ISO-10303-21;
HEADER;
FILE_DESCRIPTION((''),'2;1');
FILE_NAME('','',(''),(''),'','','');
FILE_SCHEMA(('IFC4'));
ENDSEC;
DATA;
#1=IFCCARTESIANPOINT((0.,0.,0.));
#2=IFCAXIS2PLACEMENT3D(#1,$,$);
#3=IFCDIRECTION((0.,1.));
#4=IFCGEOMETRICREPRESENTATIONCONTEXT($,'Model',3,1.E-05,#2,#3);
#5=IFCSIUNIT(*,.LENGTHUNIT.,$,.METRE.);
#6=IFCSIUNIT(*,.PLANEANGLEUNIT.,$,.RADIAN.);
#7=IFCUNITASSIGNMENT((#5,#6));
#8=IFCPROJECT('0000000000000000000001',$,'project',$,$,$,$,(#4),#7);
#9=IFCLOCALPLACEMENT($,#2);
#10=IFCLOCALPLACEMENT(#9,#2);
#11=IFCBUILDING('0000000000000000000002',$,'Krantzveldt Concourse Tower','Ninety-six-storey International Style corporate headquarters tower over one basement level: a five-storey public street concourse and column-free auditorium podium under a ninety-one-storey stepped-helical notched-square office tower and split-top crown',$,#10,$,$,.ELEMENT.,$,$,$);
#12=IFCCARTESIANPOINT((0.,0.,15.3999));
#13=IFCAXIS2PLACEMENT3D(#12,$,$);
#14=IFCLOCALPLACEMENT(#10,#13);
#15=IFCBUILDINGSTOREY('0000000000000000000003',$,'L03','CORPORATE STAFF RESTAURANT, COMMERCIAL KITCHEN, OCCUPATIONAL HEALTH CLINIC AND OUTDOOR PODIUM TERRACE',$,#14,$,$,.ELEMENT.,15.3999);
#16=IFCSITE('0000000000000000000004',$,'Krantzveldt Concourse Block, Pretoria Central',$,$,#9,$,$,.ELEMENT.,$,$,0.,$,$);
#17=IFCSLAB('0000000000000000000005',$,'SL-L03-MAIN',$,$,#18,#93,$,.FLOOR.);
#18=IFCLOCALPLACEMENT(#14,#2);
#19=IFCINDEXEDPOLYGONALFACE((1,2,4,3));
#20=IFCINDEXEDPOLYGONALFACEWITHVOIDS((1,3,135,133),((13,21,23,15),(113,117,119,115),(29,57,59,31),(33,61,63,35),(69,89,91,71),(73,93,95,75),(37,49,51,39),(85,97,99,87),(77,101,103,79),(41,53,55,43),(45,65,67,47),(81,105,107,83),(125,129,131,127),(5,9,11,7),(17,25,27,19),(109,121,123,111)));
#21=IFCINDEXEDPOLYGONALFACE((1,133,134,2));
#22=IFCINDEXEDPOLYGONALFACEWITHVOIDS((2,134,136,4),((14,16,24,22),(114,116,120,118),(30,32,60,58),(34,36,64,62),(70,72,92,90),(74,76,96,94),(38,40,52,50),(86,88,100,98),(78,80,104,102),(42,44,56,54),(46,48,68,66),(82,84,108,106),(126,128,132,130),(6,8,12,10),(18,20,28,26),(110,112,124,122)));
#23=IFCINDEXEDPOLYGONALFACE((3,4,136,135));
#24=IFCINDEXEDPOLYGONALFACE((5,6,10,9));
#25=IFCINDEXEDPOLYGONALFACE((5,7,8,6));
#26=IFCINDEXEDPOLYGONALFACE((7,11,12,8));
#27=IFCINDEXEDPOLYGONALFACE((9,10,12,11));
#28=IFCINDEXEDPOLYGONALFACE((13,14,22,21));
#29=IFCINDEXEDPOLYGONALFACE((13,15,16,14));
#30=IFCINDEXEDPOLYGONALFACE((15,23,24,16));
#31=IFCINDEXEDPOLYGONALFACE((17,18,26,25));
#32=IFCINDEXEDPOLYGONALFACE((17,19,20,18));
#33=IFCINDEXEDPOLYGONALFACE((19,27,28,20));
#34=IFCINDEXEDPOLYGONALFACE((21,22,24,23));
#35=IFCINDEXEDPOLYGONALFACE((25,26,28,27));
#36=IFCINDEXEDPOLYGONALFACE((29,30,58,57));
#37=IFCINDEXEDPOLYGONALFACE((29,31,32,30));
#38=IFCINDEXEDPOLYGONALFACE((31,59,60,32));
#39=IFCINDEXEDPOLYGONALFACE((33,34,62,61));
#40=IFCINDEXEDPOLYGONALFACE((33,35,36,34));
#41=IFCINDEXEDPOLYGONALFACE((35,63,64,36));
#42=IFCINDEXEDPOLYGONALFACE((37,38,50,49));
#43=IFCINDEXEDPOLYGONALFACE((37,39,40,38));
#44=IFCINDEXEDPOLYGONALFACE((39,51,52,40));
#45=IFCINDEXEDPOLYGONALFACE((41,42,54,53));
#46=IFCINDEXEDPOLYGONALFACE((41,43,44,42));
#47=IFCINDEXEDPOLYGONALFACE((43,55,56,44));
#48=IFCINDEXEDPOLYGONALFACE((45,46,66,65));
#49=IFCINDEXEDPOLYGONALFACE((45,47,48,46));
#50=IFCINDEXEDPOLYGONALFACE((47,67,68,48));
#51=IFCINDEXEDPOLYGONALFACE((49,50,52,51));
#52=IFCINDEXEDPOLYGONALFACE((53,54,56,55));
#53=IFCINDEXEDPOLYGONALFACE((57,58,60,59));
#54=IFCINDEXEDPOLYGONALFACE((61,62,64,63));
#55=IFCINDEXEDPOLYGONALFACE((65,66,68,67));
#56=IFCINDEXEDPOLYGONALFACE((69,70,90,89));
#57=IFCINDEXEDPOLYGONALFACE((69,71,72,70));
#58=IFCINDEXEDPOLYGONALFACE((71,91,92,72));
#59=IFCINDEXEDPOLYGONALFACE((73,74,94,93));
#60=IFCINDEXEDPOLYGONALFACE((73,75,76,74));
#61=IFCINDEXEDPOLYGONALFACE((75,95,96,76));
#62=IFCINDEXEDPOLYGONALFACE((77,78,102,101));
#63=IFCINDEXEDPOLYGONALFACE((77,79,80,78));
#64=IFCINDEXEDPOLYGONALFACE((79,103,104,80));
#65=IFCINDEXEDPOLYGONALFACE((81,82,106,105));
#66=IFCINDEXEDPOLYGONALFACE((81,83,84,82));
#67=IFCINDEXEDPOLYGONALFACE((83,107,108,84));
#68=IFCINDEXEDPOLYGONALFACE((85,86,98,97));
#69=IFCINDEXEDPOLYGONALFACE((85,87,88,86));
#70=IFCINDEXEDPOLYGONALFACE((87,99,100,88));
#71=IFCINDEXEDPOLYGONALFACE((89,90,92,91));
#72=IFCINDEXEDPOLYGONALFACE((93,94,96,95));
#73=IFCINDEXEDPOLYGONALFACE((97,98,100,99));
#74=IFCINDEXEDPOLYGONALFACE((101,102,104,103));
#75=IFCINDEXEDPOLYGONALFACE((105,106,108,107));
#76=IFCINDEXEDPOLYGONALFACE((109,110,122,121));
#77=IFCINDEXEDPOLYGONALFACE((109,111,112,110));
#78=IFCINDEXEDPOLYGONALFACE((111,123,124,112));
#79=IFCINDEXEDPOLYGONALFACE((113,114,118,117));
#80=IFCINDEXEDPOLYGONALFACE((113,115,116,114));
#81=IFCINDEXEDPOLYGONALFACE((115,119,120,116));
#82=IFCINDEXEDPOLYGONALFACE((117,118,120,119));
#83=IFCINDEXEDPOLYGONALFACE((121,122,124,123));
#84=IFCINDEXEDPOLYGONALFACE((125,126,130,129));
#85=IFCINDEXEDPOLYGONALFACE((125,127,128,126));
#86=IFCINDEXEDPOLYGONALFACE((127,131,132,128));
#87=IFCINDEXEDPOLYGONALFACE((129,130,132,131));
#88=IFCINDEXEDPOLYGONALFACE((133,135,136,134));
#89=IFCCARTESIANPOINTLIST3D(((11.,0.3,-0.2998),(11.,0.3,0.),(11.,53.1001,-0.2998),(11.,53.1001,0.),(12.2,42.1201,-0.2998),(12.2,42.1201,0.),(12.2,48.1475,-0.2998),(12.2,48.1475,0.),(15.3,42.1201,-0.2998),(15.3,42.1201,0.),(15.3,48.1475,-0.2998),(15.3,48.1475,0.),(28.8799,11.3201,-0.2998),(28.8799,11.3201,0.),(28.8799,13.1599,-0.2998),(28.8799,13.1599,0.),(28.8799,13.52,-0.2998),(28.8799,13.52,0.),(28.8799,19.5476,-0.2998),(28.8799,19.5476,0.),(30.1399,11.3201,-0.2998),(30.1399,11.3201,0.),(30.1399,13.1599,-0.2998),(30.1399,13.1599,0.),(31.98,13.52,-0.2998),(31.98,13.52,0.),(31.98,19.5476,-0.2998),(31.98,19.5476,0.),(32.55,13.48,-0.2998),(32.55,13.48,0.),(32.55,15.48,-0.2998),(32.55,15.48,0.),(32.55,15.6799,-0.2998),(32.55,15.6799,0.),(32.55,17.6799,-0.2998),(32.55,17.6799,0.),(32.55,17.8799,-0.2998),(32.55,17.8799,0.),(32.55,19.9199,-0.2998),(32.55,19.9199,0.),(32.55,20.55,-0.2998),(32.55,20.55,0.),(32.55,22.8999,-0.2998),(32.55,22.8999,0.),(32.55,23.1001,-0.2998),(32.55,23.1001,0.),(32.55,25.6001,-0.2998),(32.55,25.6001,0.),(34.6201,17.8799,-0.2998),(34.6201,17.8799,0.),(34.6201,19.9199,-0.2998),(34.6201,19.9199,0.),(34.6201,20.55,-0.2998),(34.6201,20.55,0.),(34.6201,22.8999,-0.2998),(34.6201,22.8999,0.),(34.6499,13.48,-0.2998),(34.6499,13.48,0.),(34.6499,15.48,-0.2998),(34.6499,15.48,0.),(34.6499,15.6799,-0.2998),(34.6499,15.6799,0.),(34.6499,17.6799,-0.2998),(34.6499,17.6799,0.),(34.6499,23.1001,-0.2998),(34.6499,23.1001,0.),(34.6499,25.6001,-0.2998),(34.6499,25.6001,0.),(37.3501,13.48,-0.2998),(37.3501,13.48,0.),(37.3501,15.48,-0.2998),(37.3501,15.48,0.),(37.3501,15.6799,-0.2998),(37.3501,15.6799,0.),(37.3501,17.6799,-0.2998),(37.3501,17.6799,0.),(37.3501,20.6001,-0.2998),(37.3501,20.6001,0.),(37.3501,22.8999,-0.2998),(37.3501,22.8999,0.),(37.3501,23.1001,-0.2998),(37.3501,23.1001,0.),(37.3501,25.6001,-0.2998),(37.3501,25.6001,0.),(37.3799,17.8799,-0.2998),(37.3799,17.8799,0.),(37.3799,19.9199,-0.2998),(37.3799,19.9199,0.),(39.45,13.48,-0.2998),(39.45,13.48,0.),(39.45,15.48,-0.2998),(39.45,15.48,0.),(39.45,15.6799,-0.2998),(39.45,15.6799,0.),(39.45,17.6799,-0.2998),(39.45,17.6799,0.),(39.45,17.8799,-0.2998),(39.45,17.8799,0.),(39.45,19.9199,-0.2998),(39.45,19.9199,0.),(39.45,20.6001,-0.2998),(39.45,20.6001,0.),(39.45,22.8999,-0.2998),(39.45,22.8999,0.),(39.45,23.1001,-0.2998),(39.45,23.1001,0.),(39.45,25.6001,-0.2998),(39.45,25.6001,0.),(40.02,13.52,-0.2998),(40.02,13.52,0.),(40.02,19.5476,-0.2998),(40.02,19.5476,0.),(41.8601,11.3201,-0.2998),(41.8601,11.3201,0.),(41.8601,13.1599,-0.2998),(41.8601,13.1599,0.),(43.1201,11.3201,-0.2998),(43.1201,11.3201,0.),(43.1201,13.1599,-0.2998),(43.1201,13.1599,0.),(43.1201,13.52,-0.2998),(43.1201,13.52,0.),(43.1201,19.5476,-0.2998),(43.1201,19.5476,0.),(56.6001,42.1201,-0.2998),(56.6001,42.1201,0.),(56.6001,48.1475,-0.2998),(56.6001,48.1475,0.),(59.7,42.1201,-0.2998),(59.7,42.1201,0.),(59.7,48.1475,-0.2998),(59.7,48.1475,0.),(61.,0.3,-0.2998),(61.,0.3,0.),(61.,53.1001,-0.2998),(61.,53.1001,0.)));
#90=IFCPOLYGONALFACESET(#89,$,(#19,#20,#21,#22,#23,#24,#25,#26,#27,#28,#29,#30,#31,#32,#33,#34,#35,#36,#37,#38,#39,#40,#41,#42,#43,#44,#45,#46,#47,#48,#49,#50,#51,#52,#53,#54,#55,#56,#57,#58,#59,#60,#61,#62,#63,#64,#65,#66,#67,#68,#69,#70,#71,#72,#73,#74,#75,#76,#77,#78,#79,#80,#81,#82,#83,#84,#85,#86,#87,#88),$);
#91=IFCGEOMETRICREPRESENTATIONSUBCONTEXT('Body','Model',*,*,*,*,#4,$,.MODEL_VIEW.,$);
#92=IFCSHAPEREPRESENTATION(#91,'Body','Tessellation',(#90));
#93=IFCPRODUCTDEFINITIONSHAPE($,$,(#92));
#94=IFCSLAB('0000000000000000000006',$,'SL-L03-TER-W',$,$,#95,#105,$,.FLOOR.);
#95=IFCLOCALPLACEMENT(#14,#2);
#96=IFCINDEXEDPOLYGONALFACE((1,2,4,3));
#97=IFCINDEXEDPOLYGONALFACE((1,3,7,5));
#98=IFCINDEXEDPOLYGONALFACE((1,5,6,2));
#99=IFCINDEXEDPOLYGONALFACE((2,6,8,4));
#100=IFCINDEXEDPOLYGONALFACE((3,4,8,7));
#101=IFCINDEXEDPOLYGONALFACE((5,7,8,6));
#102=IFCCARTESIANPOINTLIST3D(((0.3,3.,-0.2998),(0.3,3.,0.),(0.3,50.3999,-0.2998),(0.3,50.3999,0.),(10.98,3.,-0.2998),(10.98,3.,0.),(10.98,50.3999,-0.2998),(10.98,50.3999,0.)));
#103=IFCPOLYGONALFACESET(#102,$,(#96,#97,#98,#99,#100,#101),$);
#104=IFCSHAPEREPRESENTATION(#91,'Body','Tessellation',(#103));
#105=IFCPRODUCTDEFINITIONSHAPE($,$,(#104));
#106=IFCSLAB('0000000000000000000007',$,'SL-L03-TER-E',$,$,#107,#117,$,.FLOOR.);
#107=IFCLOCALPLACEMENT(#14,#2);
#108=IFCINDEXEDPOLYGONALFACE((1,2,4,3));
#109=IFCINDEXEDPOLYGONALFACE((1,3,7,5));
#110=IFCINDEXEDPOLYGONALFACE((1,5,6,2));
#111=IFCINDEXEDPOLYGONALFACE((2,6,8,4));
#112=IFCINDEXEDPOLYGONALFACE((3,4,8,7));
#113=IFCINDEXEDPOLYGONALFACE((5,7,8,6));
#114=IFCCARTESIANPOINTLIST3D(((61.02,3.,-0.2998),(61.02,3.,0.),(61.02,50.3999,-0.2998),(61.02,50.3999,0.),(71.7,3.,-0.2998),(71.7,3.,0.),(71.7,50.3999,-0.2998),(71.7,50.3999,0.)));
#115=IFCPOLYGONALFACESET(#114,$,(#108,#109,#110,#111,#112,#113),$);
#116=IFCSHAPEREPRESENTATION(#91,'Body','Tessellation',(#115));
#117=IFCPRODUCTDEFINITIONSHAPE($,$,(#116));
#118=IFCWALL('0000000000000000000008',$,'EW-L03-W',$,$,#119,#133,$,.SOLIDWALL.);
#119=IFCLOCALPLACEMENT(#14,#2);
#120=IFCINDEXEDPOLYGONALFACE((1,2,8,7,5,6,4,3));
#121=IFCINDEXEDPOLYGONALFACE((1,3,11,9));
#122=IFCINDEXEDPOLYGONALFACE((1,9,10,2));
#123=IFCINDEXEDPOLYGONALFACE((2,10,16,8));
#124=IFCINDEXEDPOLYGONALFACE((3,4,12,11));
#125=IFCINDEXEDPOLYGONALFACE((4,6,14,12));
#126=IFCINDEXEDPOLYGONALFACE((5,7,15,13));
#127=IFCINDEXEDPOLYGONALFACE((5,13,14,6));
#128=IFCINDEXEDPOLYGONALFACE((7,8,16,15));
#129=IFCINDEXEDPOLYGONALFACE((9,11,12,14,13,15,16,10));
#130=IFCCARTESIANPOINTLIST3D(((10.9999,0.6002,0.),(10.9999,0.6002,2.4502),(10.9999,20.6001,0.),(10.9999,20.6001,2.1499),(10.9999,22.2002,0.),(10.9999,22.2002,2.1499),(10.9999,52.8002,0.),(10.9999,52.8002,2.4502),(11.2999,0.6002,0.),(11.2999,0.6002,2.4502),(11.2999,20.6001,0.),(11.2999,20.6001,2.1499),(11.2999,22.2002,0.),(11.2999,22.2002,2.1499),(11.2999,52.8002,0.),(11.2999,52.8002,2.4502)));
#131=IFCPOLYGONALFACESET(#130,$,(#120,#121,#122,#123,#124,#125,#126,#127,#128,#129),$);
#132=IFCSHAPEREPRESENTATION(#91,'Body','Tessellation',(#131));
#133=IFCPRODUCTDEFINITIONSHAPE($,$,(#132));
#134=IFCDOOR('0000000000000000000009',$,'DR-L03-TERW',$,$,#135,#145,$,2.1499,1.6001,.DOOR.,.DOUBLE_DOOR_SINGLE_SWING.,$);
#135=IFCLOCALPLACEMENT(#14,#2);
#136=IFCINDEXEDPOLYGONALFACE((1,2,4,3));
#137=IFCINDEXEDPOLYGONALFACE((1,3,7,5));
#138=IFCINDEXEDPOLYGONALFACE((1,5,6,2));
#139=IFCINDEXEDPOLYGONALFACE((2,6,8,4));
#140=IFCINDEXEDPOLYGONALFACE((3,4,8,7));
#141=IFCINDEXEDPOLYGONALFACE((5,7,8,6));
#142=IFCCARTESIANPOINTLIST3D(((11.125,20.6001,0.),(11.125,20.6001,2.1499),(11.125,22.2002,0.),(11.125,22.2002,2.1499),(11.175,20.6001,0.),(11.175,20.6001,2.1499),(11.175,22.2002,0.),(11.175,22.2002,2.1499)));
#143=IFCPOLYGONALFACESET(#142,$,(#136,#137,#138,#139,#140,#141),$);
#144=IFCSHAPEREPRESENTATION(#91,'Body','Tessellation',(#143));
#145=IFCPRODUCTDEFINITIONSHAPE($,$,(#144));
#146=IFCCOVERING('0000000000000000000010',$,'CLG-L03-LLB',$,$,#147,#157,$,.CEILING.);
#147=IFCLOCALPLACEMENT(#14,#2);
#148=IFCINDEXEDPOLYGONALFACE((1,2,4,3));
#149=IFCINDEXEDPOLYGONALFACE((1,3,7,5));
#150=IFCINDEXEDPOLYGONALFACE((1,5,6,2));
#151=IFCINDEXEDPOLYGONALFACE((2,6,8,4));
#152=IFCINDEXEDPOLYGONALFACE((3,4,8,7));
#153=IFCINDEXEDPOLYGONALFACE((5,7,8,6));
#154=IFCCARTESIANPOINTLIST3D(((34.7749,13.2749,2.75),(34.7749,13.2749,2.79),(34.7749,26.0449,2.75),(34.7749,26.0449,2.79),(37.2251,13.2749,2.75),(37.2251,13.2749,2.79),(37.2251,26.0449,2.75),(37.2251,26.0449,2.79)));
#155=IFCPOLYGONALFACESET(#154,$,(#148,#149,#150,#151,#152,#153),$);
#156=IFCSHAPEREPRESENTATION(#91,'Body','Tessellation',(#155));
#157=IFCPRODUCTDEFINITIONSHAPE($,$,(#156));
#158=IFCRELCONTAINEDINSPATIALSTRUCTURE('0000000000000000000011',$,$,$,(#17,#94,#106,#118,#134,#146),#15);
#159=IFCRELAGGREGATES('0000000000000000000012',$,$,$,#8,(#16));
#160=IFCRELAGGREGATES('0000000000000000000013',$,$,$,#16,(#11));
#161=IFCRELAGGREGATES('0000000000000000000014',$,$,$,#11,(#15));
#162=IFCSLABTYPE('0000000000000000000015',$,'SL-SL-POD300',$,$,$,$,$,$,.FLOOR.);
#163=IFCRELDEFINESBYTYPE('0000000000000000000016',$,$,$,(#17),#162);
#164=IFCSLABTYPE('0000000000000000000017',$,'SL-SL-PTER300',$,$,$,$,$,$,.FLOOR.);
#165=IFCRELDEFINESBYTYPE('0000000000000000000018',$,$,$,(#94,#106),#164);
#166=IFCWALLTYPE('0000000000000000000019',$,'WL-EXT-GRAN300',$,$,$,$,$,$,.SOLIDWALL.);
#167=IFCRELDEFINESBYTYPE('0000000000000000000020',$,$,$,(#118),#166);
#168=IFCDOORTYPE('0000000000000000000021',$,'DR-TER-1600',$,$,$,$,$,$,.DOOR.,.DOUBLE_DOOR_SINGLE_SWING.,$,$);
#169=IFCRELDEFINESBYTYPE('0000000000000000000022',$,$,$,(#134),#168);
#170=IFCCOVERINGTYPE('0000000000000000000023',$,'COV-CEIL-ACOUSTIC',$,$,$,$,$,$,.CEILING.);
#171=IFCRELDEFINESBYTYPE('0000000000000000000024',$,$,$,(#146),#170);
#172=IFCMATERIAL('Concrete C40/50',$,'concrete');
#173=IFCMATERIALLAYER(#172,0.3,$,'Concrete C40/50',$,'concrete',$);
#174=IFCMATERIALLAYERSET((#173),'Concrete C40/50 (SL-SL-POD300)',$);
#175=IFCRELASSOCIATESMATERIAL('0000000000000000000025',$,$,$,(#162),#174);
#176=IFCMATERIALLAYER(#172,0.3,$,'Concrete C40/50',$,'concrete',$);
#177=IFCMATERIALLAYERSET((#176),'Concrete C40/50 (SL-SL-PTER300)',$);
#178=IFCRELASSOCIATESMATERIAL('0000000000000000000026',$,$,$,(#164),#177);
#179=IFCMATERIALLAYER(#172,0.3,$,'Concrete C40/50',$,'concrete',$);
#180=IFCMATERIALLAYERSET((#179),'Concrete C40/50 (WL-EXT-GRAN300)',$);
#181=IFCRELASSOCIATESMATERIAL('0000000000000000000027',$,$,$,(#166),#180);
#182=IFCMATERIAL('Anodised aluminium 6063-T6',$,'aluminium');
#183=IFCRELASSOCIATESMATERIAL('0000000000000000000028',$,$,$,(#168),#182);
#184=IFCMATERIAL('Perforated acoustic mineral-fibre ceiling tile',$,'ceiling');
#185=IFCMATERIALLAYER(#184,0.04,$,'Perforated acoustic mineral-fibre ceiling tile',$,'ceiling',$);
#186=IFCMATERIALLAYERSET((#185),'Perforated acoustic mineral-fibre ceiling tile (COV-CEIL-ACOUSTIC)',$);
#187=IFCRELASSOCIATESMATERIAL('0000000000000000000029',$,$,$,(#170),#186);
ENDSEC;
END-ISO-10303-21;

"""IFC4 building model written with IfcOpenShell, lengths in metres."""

from ifc_helpers import new_model, si_unit, direction, frame, frame_2d, origin, place, context, subcontext, project, spatial, polyline, rectangle, outline, extrude, material, layer, layer_set, type_object, element, fill, save


model = new_model("IFC4")

# Units and contexts
model_context = context("Model", 3, precision=1e-05, world=origin(), true_north=direction((0.0, 1.0)))
body_context = subcontext(model_context, "Body", "Model", "MODEL_VIEW")
ifc_project = project(units=[si_unit("LENGTHUNIT", "METRE"), si_unit("PLANEANGLEUNIT", "RADIAN")], contexts=[model_context])

# Site, building, storey
site_placement = place(None, origin())
site = spatial("IfcSite", under=ifc_project, at=site_placement, Name="Krantzveldt Concourse Block, Pretoria Central", CompositionType="ELEMENT", RefElevation=0.0)
building_placement = place(site_placement, origin())
building = spatial("IfcBuilding", under=site, at=building_placement, Name="Krantzveldt Concourse Tower", Description="Ninety-six-storey International Style corporate headquarters tower over one basement level: a five-storey public street concourse and column-free auditorium podium under a ninety-one-storey stepped-helical notched-square office tower and split-top crown", CompositionType="ELEMENT")
storey_placement = place(building_placement, frame((0.0, 0.0, 15.3999)))
storey = spatial("IfcBuildingStorey", under=building, at=storey_placement, Name="L03", Description="CORPORATE STAFF RESTAURANT, COMMERCIAL KITCHEN, OCCUPATIONAL HEALTH CLINIC AND OUTDOOR PODIUM TERRACE", CompositionType="ELEMENT", Elevation=15.3999)

# Shared definitions
ifc_material_1 = material(Name="Concrete C40/50", Category="concrete")

# Slabs
ifc_layer_1 = layer(ifc_material_1, 0.3, Name="Concrete C40/50", Category="concrete")
ifc_layer_set_1 = layer_set([ifc_layer_1], Name="Concrete C40/50 (SL-SL-POD300)")
slab_type_1 = type_object("IfcSlabType", Name="SL-SL-POD300", PredefinedType="FLOOR", material=ifc_layer_set_1)
slab_1_placement = place(storey_placement, frame((0.0, 0.0, -0.2998)))
element("IfcSlab", 1, at=slab_1_placement, inside=storey, type_object=slab_type_1, Name="SL-L03-MAIN", PredefinedType="FLOOR", context=body_context, shape_type="SweptSolid", body=[
    extrude(outline(polyline([(11.0, 0.3), (61.0, 0.3), (61.0, 53.1001), (11.0, 53.1001), (11.0, 0.3)]), holes=[polyline([(28.8799, 19.5476), (28.8799, 13.52), (31.98, 13.52), (31.98, 19.5476), (28.8799, 19.5476)]), polyline([(40.02, 19.5476), (40.02, 13.52), (43.1201, 13.52), (43.1201, 19.5476), (40.02, 19.5476)]), polyline([(12.2, 48.1475), (12.2, 42.1201), (15.3, 42.1201), (15.3, 48.1475), (12.2, 48.1475)]), polyline([(56.6001, 48.1475), (56.6001, 42.1201), (59.7, 42.1201), (59.7, 48.1475), (56.6001, 48.1475)]), polyline([(32.55, 23.1001), (34.6499, 23.1001), (34.6499, 25.6001), (32.55, 25.6001), (32.55, 23.1001)]), polyline([(37.3501, 23.1001), (39.45, 23.1001), (39.45, 25.6001), (37.3501, 25.6001), (37.3501, 23.1001)]), polyline([(37.3501, 20.6001), (39.45, 20.6001), (39.45, 22.8999), (37.3501, 22.8999), (37.3501, 20.6001)]), polyline([(32.55, 13.48), (34.6499, 13.48), (34.6499, 15.48), (32.55, 15.48), (32.55, 13.48)]), polyline([(32.55, 15.6799), (34.6499, 15.6799), (34.6499, 17.6799), (32.55, 17.6799), (32.55, 15.6799)]), polyline([(37.3501, 13.48), (39.45, 13.48), (39.45, 15.48), (37.3501, 15.48), (37.3501, 13.48)]), polyline([(37.3501, 15.6799), (39.45, 15.6799), (39.45, 17.6799), (37.3501, 17.6799), (37.3501, 15.6799)]), polyline([(32.55, 20.55), (34.6201, 20.55), (34.6201, 22.8999), (32.55, 22.8999), (32.55, 20.55)]), polyline([(32.55, 17.8799), (34.6201, 17.8799), (34.6201, 19.9199), (32.55, 19.9199), (32.55, 17.8799)]), polyline([(37.3799, 17.8799), (39.45, 17.8799), (39.45, 19.9199), (37.3799, 19.9199), (37.3799, 17.8799)]), polyline([(28.8799, 11.3201), (30.1399, 11.3201), (30.1399, 13.1599), (28.8799, 13.1599), (28.8799, 11.3201)]), polyline([(41.8601, 11.3201), (43.1201, 11.3201), (43.1201, 13.1599), (41.8601, 13.1599), (41.8601, 11.3201)])]), origin(), (0.0, 0.0, 1.0), 0.2998),
])
ifc_layer_2 = layer(ifc_material_1, 0.3, Name="Concrete C40/50", Category="concrete")
ifc_layer_set_2 = layer_set([ifc_layer_2], Name="Concrete C40/50 (SL-SL-PTER300)")
slab_type_2 = type_object("IfcSlabType", Name="SL-SL-PTER300", PredefinedType="FLOOR", material=ifc_layer_set_2)
slab_2_placement = place(storey_placement, frame((0.0, 0.0, -0.2998)))
element("IfcSlab", 2, at=slab_2_placement, inside=storey, type_object=slab_type_2, Name="SL-L03-TER-W", PredefinedType="FLOOR", context=body_context, shape_type="SweptSolid", body=[
    extrude(outline(polyline([(0.3, 3.0), (10.98, 3.0), (10.98, 50.3999), (0.3, 50.3999), (0.3, 3.0)])), origin(), (0.0, 0.0, 1.0), 0.2998),
])
slab_3_placement = place(storey_placement, frame((0.0, 0.0, -0.2998)))
element("IfcSlab", 3, at=slab_3_placement, inside=storey, type_object=slab_type_2, Name="SL-L03-TER-E", PredefinedType="FLOOR", context=body_context, shape_type="SweptSolid", body=[
    extrude(outline(polyline([(61.02, 3.0), (71.7, 3.0), (71.7, 50.3999), (61.02, 50.3999), (61.02, 3.0)])), origin(), (0.0, 0.0, 1.0), 0.2998),
])

# Wall, opening, door
ifc_layer_3 = layer(ifc_material_1, 0.3, Name="Concrete C40/50", Category="concrete")
ifc_layer_set_3 = layer_set([ifc_layer_3], Name="Concrete C40/50 (WL-EXT-GRAN300)")
wall_type = type_object("IfcWallType", Name="WL-EXT-GRAN300", PredefinedType="SOLIDWALL", material=ifc_layer_set_3)
wall_placement = place(storey_placement, frame((11.1499, 0.6001, 0.0), z_axis=(0.0, 0.0, 1.0), x_axis=(0.0, 1.0, 0.0)))
wall = element("IfcWall", 4, at=wall_placement, inside=storey, type_object=wall_type, Name="EW-L03-W", PredefinedType="SOLIDWALL", context=body_context, shape_type="SweptSolid", body=[
    extrude(rectangle(XDim=52.2, YDim=0.3, at=frame_2d((26.1001, 0.0))), origin(), (0.0, 0.0, 1.0), 2.4502),
])
opening_placement = place(wall_placement, frame((20.0, 0.0, 0.0)))
opening = element("IfcOpeningElement", 5, at=opening_placement, cuts=wall, PredefinedType="OPENING", context=body_context, shape_type="SweptSolid", body=[
    extrude(rectangle(XDim=1.6001, YDim=2.1499, at=frame_2d((0.8, 1.075))), frame((0.0, 0.1602, 0.0), z_axis=(0.0, -1.0, 0.0), x_axis=(1.0, 0.0, 0.0)), (0.0, 0.0, 1.0), 0.3201),
])
ifc_material_2 = material(Name="Anodised aluminium 6063-T6", Category="aluminium")
door_type = type_object("IfcDoorType", Name="DR-TER-1600", OperationType="DOUBLE_DOOR_SINGLE_SWING", PredefinedType="DOOR", material=ifc_material_2)
door_placement = place(opening_placement, origin())
door = element("IfcDoor", 6, at=door_placement, inside=storey, type_object=door_type, Name="DR-L03-TERW", OperationType="DOUBLE_DOOR_SINGLE_SWING", OverallHeight=2.1499, OverallWidth=1.6001, PredefinedType="DOOR", context=body_context, shape_type="SweptSolid", body=[
    extrude(rectangle(XDim=1.6001, YDim=2.1499, at=frame_2d((0.8, 1.075))), frame((0.0, 0.0249, 0.0), z_axis=(0.0, -1.0, 0.0), x_axis=(1.0, 0.0, 0.0)), (0.0, 0.0, 1.0), 0.05),
])
fill(opening, door)

# Covering
ifc_material_3 = material(Name="Perforated acoustic mineral-fibre ceiling tile", Category="ceiling")
ifc_layer_4 = layer(ifc_material_3, 0.04, Name="Perforated acoustic mineral-fibre ceiling tile", Category="ceiling")
ifc_layer_set_4 = layer_set([ifc_layer_4], Name="Perforated acoustic mineral-fibre ceiling tile (COV-CEIL-ACOUSTIC)")
covering_type = type_object("IfcCoveringType", Name="COV-CEIL-ACOUSTIC", PredefinedType="CEILING", material=ifc_layer_set_4)
covering_placement = place(storey_placement, frame((0.0, 0.0, 2.75)))
element("IfcCovering", 7, at=covering_placement, inside=storey, type_object=covering_type, Name="CLG-L03-LLB", PredefinedType="CEILING", context=body_context, shape_type="SweptSolid", body=[
    extrude(outline(polyline([(34.7749, 13.2749), (34.7749, 26.0449), (37.2251, 26.0449), (37.2251, 13.2749), (34.7749, 13.2749)])), origin(), (0.0, 0.0, 1.0), 0.04),
])

save(model, "model.ifc")
